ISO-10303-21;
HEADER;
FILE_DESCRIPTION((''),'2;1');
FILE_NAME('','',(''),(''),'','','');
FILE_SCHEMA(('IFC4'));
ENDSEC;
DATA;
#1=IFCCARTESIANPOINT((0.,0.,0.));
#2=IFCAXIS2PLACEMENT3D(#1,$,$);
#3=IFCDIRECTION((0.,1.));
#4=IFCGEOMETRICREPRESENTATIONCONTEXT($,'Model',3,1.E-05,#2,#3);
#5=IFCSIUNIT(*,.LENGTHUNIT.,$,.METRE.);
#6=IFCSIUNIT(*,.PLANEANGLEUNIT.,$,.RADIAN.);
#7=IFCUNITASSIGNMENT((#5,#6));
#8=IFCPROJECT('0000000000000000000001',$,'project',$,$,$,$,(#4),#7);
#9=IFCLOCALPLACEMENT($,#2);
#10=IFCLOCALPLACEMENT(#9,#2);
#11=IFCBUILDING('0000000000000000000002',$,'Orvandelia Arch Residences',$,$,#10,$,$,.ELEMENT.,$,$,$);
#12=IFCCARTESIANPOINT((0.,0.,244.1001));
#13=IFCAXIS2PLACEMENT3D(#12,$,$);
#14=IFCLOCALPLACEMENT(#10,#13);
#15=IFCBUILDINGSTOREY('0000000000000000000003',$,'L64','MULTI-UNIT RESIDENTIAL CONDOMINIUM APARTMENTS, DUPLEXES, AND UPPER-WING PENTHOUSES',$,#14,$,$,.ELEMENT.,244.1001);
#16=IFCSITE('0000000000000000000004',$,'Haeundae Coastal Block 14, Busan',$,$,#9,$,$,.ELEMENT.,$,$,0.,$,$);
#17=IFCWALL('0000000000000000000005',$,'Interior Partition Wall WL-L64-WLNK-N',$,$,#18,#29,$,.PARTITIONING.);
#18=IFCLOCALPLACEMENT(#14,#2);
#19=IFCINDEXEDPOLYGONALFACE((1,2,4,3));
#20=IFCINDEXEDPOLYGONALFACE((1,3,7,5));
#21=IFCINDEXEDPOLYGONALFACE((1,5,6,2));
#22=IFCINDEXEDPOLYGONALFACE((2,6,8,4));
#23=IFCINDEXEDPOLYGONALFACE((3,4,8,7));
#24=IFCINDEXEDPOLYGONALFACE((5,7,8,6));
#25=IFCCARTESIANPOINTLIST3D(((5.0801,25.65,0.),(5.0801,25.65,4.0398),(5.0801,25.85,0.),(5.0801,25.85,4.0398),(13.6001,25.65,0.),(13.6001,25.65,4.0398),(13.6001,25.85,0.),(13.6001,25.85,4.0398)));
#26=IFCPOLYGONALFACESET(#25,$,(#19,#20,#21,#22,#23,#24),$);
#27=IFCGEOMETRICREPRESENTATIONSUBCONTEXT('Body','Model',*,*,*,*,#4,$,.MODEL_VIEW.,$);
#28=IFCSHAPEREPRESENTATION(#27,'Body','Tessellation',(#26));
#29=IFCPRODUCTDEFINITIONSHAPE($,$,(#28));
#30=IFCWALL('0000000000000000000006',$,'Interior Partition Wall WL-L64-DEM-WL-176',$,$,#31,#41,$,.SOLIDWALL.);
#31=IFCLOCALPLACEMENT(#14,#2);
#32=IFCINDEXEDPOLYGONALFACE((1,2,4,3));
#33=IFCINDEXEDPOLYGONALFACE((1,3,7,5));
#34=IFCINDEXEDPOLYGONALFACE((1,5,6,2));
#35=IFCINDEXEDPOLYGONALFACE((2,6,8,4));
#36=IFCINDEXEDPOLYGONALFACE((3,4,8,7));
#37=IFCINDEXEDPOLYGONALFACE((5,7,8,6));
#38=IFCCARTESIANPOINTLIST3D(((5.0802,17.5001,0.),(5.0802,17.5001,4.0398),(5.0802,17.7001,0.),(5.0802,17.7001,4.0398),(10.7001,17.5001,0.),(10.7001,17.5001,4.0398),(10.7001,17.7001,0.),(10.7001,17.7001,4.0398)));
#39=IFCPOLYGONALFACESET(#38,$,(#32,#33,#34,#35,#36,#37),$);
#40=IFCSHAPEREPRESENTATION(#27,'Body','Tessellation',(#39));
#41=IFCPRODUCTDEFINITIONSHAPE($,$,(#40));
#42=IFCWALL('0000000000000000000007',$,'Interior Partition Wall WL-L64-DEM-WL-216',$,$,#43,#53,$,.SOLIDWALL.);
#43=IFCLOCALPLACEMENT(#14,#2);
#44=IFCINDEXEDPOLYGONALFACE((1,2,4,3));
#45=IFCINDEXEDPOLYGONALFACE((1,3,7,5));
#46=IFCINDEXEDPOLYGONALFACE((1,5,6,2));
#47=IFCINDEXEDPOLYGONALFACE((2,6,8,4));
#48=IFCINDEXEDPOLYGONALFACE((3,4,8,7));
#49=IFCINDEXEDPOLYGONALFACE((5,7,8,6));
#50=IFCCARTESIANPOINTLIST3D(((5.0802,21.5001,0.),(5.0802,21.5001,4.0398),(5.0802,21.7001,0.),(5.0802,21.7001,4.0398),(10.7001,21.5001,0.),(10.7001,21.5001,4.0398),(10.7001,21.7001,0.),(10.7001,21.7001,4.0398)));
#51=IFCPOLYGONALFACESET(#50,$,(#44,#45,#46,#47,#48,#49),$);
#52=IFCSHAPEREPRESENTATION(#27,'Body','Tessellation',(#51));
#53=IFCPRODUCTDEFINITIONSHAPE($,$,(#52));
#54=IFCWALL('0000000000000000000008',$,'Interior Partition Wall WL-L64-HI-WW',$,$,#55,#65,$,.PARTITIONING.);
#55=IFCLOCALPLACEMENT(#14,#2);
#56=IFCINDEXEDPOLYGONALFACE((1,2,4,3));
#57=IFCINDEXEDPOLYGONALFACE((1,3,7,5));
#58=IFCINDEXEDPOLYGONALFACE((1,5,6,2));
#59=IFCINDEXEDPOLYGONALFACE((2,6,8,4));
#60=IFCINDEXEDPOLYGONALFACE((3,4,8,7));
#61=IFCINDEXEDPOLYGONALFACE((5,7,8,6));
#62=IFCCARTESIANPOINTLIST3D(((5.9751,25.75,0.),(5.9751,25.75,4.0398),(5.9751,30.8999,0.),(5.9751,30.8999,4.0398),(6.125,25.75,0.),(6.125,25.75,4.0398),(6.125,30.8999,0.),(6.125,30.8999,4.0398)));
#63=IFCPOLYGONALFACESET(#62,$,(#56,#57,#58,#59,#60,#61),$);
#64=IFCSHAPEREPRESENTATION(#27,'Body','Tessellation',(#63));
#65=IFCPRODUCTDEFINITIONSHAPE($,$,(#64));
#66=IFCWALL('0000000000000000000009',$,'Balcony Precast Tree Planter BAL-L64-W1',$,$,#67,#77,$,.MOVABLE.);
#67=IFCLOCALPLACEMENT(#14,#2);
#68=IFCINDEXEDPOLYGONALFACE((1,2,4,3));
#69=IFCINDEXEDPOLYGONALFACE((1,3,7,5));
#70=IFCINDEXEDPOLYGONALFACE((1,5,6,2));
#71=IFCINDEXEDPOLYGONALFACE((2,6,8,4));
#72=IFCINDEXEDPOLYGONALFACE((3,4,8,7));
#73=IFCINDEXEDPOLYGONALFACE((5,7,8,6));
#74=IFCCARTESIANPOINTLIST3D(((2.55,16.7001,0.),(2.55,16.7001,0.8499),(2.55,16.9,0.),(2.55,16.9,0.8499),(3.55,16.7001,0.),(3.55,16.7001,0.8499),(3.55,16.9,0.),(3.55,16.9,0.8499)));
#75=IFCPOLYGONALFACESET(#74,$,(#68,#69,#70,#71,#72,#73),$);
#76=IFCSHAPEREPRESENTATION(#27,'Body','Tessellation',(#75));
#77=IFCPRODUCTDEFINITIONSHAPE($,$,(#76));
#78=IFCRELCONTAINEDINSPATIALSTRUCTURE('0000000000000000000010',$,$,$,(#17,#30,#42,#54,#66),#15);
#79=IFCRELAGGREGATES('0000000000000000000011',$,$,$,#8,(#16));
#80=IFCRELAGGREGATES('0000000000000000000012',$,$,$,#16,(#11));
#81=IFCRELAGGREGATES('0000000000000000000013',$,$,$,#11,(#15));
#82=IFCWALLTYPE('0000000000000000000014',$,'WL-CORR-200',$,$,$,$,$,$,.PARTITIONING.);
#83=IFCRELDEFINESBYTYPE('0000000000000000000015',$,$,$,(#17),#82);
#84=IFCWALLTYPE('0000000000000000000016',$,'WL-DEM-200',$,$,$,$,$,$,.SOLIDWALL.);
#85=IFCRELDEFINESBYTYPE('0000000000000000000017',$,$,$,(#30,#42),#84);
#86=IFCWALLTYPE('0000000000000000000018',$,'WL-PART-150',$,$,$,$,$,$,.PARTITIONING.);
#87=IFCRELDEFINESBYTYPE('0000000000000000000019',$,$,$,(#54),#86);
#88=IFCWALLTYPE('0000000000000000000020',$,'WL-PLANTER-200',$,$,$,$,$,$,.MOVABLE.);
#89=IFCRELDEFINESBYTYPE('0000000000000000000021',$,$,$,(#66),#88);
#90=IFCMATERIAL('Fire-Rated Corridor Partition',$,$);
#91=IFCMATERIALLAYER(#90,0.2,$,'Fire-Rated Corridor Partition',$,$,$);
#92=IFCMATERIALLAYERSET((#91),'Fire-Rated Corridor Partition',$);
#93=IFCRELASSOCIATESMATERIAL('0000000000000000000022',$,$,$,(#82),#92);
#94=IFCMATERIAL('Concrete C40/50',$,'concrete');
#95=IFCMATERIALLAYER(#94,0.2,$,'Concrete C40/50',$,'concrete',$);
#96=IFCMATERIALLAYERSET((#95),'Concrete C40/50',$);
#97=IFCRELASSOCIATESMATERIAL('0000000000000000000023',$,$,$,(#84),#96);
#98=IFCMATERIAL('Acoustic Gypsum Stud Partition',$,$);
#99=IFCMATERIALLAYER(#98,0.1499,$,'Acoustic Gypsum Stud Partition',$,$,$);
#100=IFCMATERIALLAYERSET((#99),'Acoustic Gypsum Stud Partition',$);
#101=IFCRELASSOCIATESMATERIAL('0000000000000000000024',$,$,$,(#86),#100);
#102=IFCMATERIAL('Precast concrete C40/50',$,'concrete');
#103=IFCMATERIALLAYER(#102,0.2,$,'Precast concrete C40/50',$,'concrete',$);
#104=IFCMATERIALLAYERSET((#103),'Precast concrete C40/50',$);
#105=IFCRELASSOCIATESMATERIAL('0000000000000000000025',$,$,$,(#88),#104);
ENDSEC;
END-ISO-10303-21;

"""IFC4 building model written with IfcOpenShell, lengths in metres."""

from ifc_helpers import new_model, si_unit, direction, frame, frame_2d, origin, place, context, subcontext, project, spatial, rectangle, extrude, material, layer, layer_set, type_object, element, save


model = new_model("IFC4")

# Units and contexts
model_context = context("Model", 3, precision=1e-05, world=origin(), true_north=direction((0.0, 1.0)))
body_context = subcontext(model_context, "Body", "Model", "MODEL_VIEW")
ifc_project = project(units=[si_unit("LENGTHUNIT", "METRE"), si_unit("PLANEANGLEUNIT", "RADIAN")], contexts=[model_context])

# Site, building, storey
site_placement = place(None, origin())
site = spatial("IfcSite", under=ifc_project, at=site_placement, Name="Haeundae Coastal Block 14, Busan", CompositionType="ELEMENT", RefElevation=0.0)
building_placement = place(site_placement, origin())
building = spatial("IfcBuilding", under=site, at=building_placement, Name="Orvandelia Arch Residences", CompositionType="ELEMENT")
storey_placement = place(building_placement, frame((0.0, 0.0, 244.1001)))
storey = spatial("IfcBuildingStorey", under=building, at=storey_placement, Name="L64", Description="MULTI-UNIT RESIDENTIAL CONDOMINIUM APARTMENTS, DUPLEXES, AND UPPER-WING PENTHOUSES", CompositionType="ELEMENT", Elevation=244.1001)

# Walls
ifc_material_1 = material(Name="Fire-Rated Corridor Partition")
ifc_layer_1 = layer(ifc_material_1, 0.2, Name="Fire-Rated Corridor Partition")
ifc_layer_set_1 = layer_set([ifc_layer_1], Name="Fire-Rated Corridor Partition")
wall_type_1 = type_object("IfcWallType", Name="WL-CORR-200", PredefinedType="PARTITIONING", material=ifc_layer_set_1)
wall_1_placement = place(storey_placement, frame((5.0801, 25.75, 0.0), z_axis=(0.0, 0.0, 1.0), x_axis=(1.0, 0.0, 0.0)))
element("IfcWall", 1, at=wall_1_placement, inside=storey, type_object=wall_type_1, Name="Interior Partition Wall WL-L64-WLNK-N", PredefinedType="PARTITIONING", context=body_context, shape_type="SweptSolid", body=[
    extrude(rectangle(XDim=8.52, YDim=0.2, at=frame_2d((4.26, 0.0))), origin(), (0.0, 0.0, 1.0), 4.0398),
])
ifc_material_2 = material(Name="Concrete C40/50", Category="concrete")
ifc_layer_2 = layer(ifc_material_2, 0.2, Name="Concrete C40/50", Category="concrete")
ifc_layer_set_2 = layer_set([ifc_layer_2], Name="Concrete C40/50")
wall_type_2 = type_object("IfcWallType", Name="WL-DEM-200", PredefinedType="SOLIDWALL", material=ifc_layer_set_2)
for number, where, z_axis, x_axis, name in (
    (2, (5.0801, 17.6001, 0.0), (0.0, 0.0, 1.0), (1.0, 0.0, 0.0), "Interior Partition Wall WL-L64-DEM-WL-176"),
    (3, (5.0801, 21.6001, 0.0), (0.0, 0.0, 1.0), (1.0, 0.0, 0.0), "Interior Partition Wall WL-L64-DEM-WL-216"),
):
    element("IfcWall", number, at=place(storey_placement, frame(where, z_axis=z_axis, x_axis=x_axis)), inside=storey, type_object=wall_type_2, Name=name, PredefinedType="SOLIDWALL", context=body_context, shape_type="SweptSolid", body=[
        extrude(rectangle(XDim=5.6199, YDim=0.2, at=frame_2d((2.8101, 0.0))), origin(), (0.0, 0.0, 1.0), 4.0398),
    ])
ifc_material_3 = material(Name="Acoustic Gypsum Stud Partition")
ifc_layer_3 = layer(ifc_material_3, 0.1499, Name="Acoustic Gypsum Stud Partition")
ifc_layer_set_3 = layer_set([ifc_layer_3], Name="Acoustic Gypsum Stud Partition")
wall_type_3 = type_object("IfcWallType", Name="WL-PART-150", PredefinedType="PARTITIONING", material=ifc_layer_set_3)
wall_2_placement = place(storey_placement, frame((6.05, 25.75, 0.0), z_axis=(0.0, 0.0, 1.0), x_axis=(0.0, 1.0, 0.0)))
element("IfcWall", 4, at=wall_2_placement, inside=storey, type_object=wall_type_3, Name="Interior Partition Wall WL-L64-HI-WW", PredefinedType="PARTITIONING", context=body_context, shape_type="SweptSolid", body=[
    extrude(rectangle(XDim=5.1499, YDim=0.1499, at=frame_2d((2.575, 0.0))), origin(), (0.0, 0.0, 1.0), 4.0398),
])
ifc_material_4 = material(Name="Precast concrete C40/50", Category="concrete")
ifc_layer_4 = layer(ifc_material_4, 0.2, Name="Precast concrete C40/50", Category="concrete")
ifc_layer_set_4 = layer_set([ifc_layer_4], Name="Precast concrete C40/50")
wall_type_4 = type_object("IfcWallType", Name="WL-PLANTER-200", PredefinedType="MOVABLE", material=ifc_layer_set_4)
wall_3_placement = place(storey_placement, frame((2.55, 16.8, 0.0), z_axis=(0.0, 0.0, 1.0), x_axis=(1.0, 0.0, 0.0)))
element("IfcWall", 5, at=wall_3_placement, inside=storey, type_object=wall_type_4, Name="Balcony Precast Tree Planter BAL-L64-W1", PredefinedType="MOVABLE", context=body_context, shape_type="SweptSolid", body=[
    extrude(rectangle(XDim=1.0, YDim=0.2, at=frame_2d((0.5, 0.0))), origin(), (0.0, 0.0, 1.0), 0.8499),
])

save(model, "model.ifc")
